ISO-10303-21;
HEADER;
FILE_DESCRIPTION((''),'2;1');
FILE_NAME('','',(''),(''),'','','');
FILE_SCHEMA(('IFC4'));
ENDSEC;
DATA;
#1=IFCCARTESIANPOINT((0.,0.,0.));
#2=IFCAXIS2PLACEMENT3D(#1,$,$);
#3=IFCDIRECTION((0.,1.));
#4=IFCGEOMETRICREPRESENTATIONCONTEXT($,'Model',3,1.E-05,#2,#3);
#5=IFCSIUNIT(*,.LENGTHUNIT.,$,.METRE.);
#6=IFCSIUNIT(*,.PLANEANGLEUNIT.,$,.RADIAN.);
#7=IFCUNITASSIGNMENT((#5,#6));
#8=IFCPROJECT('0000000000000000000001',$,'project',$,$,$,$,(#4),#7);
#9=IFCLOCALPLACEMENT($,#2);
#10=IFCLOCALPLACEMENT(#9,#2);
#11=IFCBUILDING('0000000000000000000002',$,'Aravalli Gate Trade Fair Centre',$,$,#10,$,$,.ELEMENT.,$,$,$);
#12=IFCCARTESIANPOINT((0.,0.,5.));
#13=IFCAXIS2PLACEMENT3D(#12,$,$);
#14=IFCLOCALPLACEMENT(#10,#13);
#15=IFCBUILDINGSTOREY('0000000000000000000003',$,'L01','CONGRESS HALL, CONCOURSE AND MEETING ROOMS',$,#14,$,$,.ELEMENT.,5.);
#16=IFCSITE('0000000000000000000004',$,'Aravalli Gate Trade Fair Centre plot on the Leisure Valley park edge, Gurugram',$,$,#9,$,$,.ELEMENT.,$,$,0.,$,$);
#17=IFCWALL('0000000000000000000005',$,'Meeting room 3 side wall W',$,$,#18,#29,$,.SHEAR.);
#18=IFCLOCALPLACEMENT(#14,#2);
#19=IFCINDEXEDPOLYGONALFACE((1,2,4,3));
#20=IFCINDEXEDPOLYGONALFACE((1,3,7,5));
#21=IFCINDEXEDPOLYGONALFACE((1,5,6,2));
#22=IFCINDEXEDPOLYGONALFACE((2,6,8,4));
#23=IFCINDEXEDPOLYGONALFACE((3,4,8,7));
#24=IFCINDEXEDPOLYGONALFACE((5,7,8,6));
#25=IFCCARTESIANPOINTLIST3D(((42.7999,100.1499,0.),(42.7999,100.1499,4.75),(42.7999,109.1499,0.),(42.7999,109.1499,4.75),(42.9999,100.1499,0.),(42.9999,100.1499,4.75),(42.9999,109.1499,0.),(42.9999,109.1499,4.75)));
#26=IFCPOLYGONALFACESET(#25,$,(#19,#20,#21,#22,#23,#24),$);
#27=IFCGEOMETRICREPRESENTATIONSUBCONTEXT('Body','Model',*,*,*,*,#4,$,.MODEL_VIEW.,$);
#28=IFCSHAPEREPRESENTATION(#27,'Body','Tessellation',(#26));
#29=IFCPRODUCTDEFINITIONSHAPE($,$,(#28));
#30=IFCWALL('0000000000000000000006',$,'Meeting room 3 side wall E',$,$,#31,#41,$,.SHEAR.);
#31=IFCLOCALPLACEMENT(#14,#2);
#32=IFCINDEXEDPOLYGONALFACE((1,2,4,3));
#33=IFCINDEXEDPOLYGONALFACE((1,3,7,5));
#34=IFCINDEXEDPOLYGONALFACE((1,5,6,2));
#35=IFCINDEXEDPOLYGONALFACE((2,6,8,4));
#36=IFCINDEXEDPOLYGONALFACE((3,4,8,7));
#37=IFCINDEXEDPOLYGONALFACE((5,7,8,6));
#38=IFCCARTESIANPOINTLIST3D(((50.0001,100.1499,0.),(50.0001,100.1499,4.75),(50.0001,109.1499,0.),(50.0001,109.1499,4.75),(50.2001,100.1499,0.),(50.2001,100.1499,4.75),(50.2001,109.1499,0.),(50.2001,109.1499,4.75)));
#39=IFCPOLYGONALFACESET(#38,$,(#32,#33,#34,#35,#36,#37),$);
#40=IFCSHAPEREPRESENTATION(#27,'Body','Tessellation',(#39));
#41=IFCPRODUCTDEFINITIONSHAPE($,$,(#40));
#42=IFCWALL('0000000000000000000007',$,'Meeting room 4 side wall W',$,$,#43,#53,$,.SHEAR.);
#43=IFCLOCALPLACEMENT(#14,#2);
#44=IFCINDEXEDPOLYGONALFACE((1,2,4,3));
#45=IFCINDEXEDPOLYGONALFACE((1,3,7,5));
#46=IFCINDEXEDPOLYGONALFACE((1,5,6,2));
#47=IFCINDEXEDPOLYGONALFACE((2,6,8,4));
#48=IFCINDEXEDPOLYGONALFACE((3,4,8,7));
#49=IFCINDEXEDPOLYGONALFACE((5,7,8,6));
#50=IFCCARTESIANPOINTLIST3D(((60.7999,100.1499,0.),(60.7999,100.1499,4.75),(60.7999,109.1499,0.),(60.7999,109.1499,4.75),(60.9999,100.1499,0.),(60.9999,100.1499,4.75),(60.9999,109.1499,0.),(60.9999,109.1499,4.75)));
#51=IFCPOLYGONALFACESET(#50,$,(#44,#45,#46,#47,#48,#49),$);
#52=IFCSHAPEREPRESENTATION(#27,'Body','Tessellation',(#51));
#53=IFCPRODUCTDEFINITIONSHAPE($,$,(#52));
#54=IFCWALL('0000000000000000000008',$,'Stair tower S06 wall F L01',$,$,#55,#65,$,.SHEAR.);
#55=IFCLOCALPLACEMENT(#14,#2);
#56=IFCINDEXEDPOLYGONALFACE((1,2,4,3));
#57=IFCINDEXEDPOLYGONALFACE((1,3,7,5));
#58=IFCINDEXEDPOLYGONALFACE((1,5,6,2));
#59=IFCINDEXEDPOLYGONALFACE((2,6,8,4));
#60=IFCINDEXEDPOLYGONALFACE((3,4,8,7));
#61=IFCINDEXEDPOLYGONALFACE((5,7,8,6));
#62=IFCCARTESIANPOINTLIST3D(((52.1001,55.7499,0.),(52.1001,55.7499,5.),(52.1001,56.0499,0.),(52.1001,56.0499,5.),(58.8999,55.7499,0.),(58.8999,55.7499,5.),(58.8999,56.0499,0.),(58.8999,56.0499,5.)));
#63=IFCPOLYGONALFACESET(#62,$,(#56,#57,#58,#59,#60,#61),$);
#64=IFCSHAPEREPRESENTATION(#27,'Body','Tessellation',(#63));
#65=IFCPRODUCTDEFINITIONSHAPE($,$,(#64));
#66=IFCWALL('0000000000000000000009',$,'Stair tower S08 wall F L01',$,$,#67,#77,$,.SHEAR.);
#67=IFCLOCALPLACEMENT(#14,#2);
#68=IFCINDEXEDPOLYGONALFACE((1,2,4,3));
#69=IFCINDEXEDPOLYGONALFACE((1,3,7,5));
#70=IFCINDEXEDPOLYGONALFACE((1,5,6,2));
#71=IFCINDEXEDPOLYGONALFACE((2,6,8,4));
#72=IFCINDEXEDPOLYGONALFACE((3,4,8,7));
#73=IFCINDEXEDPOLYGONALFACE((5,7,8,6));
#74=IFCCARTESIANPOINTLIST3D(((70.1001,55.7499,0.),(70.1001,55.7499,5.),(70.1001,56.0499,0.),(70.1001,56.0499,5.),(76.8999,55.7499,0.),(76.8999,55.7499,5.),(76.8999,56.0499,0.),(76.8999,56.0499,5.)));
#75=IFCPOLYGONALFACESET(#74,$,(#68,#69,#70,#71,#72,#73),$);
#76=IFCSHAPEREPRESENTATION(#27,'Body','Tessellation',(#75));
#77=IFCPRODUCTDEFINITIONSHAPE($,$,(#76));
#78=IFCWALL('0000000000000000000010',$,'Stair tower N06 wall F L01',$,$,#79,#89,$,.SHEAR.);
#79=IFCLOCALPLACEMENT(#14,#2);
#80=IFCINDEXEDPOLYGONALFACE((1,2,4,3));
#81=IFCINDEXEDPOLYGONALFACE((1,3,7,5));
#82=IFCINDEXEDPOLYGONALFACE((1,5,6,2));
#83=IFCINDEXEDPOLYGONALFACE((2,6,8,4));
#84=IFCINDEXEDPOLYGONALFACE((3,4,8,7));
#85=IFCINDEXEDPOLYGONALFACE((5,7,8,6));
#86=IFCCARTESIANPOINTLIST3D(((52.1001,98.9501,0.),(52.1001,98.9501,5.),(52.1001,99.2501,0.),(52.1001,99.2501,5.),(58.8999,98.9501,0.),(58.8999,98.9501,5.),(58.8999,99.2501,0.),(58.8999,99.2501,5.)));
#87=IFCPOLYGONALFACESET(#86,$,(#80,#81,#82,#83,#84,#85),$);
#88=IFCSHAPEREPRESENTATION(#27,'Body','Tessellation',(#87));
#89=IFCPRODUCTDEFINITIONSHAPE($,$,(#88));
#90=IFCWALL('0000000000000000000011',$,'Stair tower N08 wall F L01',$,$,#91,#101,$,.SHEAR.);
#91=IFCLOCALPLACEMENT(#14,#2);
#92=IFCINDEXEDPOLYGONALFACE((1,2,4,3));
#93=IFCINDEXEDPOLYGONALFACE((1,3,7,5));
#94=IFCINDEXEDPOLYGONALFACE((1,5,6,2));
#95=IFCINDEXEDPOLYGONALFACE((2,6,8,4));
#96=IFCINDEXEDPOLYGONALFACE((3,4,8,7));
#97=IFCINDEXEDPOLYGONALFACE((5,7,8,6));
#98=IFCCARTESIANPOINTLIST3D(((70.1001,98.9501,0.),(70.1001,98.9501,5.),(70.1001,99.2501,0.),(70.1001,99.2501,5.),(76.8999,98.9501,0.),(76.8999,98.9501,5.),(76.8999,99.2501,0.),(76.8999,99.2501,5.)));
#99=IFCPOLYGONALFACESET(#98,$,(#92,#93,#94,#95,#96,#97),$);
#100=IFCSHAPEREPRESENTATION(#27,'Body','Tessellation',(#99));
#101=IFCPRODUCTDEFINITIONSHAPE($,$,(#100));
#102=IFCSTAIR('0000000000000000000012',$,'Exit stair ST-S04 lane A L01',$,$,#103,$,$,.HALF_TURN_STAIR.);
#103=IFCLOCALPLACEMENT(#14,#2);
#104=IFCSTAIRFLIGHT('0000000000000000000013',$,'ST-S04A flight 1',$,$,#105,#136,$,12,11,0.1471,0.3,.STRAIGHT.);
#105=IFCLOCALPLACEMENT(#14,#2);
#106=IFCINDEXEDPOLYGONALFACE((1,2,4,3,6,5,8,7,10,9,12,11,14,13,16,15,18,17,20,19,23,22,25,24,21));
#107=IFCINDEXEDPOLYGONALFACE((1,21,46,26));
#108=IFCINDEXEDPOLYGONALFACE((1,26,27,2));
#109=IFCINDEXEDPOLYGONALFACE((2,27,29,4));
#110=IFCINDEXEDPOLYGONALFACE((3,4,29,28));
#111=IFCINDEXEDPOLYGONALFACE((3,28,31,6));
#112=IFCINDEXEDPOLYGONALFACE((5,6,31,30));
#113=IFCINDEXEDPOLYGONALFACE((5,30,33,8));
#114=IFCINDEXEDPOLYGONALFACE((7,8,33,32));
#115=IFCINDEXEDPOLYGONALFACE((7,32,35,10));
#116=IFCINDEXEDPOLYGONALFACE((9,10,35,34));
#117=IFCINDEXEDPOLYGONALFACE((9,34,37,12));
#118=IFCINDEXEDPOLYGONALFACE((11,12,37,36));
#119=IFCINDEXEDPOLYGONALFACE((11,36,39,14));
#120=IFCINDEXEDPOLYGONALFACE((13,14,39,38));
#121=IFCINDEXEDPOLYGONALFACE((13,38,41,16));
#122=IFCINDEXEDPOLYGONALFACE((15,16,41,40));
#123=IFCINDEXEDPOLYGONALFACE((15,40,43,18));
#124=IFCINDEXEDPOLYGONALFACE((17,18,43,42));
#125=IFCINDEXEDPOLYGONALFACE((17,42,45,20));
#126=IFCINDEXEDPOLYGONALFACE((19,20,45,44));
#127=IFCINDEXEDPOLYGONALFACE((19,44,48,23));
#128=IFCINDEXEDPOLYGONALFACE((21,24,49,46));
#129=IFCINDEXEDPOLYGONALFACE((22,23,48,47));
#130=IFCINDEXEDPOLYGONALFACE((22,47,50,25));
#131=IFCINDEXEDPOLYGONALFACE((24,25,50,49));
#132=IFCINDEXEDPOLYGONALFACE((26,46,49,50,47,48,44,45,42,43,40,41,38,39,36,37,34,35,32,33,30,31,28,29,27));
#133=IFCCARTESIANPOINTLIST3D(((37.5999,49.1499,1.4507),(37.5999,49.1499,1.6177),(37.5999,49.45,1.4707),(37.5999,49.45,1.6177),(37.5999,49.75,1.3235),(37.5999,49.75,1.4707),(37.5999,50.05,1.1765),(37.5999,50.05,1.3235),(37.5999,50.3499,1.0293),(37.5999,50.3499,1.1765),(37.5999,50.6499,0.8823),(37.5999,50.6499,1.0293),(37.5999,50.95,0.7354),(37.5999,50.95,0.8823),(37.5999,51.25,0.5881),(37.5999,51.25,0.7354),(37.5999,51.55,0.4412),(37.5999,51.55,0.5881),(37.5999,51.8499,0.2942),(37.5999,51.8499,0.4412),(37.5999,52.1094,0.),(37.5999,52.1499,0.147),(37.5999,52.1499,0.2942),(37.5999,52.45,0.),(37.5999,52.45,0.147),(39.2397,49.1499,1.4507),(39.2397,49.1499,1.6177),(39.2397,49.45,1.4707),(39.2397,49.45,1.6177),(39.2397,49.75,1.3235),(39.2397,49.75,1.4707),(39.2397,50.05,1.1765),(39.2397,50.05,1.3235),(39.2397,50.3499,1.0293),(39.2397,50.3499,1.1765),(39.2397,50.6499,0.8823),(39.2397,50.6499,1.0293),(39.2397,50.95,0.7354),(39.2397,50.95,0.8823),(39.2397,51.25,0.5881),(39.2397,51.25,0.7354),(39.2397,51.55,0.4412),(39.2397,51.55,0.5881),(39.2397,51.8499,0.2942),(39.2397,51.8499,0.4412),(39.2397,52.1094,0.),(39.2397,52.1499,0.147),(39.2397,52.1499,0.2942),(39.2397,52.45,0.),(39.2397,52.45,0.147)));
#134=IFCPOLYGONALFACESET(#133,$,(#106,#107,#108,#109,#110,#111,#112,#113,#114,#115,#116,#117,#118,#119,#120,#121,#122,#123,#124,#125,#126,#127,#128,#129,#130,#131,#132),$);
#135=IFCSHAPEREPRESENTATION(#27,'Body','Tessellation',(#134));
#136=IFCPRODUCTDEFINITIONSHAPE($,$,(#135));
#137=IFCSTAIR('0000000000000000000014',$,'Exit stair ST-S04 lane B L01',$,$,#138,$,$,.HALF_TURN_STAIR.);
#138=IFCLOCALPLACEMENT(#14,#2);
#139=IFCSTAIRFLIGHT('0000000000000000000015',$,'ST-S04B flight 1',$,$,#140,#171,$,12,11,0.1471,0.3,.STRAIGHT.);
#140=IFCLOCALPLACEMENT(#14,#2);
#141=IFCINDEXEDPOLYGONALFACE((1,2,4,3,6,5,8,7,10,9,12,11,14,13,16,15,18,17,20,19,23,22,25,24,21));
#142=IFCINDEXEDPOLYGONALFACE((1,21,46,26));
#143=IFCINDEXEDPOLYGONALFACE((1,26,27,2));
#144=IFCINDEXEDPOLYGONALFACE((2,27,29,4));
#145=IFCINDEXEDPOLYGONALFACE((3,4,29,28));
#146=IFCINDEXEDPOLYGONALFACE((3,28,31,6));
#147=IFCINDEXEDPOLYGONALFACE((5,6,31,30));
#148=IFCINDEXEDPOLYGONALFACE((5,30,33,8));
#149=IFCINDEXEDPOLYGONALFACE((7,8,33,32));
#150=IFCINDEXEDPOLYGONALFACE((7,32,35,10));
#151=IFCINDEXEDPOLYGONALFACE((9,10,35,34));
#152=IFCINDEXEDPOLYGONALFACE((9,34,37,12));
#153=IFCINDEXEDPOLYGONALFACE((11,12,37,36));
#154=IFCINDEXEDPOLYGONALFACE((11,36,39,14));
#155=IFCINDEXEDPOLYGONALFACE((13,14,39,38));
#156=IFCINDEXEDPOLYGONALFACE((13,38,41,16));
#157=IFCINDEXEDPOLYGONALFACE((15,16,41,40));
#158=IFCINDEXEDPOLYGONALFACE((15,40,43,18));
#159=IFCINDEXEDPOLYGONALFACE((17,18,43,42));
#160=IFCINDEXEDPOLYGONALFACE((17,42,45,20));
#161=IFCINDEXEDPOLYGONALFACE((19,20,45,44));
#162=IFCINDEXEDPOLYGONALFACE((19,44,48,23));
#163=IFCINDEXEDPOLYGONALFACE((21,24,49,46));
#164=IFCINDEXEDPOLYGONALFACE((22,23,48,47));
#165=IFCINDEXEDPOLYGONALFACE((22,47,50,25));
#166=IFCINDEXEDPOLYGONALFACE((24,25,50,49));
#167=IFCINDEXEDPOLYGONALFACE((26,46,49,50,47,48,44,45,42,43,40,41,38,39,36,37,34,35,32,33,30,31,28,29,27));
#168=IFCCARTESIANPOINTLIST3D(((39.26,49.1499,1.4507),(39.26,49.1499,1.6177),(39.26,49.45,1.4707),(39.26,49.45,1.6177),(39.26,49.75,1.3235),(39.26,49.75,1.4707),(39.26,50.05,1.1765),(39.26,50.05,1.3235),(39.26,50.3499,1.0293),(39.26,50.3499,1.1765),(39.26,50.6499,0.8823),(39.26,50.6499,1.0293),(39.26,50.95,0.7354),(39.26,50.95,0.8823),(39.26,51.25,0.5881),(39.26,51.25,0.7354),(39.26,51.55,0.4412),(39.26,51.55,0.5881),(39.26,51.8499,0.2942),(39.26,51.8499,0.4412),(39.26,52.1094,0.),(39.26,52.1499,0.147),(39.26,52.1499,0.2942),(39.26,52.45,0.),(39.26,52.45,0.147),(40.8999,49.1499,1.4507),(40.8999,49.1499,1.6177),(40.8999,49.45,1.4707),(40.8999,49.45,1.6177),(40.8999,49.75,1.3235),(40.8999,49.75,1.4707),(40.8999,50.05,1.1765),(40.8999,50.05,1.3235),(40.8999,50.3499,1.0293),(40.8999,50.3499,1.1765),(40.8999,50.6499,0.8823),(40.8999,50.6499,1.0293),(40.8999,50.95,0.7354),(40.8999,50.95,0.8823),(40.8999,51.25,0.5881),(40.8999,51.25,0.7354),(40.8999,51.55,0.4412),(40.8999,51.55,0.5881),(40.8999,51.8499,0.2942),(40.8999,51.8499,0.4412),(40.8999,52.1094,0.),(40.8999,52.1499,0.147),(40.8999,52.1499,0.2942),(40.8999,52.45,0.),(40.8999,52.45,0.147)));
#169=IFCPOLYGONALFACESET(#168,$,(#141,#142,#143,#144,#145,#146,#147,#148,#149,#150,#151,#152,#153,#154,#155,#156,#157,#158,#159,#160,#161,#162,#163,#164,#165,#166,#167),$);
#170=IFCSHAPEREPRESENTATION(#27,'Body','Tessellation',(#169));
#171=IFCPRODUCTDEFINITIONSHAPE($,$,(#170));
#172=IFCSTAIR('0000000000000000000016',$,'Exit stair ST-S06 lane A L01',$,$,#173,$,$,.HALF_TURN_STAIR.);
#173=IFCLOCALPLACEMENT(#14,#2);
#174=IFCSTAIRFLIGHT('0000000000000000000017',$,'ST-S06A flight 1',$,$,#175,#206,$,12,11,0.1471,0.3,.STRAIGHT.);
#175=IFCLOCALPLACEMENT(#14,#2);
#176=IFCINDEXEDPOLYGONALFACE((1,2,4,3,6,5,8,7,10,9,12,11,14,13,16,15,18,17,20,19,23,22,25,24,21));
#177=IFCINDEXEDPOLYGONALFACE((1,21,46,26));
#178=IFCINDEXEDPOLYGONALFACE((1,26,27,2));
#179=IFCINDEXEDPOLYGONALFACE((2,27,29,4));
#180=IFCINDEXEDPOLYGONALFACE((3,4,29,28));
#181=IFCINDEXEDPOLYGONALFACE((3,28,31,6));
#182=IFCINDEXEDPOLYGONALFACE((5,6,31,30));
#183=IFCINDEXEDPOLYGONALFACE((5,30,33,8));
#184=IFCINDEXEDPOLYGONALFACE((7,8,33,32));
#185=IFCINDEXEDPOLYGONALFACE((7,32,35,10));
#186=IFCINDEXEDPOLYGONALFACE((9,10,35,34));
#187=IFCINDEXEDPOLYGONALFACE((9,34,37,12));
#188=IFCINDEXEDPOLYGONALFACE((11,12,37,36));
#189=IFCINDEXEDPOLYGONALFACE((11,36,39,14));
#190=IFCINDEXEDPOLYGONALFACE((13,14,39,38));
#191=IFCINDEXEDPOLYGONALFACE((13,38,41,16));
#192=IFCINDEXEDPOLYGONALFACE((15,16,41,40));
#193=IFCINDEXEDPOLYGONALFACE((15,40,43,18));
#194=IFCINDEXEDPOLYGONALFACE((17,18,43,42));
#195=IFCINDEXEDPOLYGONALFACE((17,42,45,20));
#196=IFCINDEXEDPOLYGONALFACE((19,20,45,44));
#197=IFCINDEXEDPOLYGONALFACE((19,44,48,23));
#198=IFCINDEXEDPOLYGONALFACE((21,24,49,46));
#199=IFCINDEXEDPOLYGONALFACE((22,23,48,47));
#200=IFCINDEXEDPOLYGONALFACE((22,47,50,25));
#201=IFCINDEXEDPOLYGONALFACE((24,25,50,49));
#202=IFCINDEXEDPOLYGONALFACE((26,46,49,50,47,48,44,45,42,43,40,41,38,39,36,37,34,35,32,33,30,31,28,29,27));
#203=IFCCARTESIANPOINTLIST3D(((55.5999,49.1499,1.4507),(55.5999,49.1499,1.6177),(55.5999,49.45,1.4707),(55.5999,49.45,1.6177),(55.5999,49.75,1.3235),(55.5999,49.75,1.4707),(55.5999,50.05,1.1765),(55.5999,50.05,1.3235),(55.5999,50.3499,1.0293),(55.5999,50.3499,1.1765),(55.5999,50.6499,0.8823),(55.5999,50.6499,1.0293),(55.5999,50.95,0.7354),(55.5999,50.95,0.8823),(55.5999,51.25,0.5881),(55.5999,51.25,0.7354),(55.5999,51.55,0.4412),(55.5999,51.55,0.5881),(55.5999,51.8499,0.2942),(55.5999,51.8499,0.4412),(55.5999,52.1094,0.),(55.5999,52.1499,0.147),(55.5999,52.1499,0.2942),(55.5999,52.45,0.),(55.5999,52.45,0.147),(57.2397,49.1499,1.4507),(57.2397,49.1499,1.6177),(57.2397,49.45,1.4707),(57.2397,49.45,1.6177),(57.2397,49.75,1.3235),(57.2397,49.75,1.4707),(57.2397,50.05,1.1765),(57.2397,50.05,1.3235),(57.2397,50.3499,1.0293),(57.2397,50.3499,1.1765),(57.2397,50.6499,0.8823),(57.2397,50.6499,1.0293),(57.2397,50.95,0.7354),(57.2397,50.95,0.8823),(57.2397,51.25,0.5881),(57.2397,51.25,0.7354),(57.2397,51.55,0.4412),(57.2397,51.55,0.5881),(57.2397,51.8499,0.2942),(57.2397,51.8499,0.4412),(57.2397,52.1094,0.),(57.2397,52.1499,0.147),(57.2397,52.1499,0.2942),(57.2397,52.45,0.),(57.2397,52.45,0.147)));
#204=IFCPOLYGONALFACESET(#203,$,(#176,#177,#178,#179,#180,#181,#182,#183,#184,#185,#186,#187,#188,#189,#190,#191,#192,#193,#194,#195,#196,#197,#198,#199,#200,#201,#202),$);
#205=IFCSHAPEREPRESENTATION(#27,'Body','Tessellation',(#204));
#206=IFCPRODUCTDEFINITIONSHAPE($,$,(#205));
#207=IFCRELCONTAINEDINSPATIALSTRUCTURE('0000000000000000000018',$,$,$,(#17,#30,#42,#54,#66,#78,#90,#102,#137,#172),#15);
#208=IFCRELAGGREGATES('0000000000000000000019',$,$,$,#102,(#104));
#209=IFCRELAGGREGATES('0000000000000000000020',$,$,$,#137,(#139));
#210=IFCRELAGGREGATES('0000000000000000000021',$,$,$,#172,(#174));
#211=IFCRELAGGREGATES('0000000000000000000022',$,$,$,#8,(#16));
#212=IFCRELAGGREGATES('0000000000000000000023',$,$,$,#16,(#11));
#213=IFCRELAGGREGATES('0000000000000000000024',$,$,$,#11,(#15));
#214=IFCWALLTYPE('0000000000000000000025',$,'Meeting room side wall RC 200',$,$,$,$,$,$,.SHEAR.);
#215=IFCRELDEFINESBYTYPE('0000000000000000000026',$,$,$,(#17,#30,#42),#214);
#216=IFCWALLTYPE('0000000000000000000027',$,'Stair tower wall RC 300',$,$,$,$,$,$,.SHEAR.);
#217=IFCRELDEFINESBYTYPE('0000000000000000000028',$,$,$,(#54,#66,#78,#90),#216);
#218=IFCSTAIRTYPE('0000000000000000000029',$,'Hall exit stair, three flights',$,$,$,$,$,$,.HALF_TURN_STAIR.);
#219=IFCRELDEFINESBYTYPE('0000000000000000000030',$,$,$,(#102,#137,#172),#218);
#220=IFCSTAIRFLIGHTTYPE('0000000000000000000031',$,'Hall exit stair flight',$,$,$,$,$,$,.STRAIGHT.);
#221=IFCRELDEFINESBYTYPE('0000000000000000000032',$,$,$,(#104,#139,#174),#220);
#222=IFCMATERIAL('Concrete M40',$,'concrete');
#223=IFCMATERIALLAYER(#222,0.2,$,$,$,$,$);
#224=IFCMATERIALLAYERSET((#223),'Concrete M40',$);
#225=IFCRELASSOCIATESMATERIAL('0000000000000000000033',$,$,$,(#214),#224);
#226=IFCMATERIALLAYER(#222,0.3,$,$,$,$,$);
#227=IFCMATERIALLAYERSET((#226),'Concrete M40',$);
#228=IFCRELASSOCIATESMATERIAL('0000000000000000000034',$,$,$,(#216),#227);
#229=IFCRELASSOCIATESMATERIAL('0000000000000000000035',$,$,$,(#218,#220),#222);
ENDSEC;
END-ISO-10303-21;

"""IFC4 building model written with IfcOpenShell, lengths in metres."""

from ifc_helpers import new_model, si_unit, direction, frame, frame_2d, origin, place, context, subcontext, project, spatial, polyline, rectangle, outline, extrude, material, layer, layer_set, type_object, element, aggregate, save


model = new_model("IFC4")

# Units and contexts
model_context = context("Model", 3, precision=1e-05, world=origin(), true_north=direction((0.0, 1.0)))
body_context = subcontext(model_context, "Body", "Model", "MODEL_VIEW")
ifc_project = project(units=[si_unit("LENGTHUNIT", "METRE"), si_unit("PLANEANGLEUNIT", "RADIAN")], contexts=[model_context])

# Site, building, storey
site_placement = place(None, origin())
site = spatial("IfcSite", under=ifc_project, at=site_placement, Name="Aravalli Gate Trade Fair Centre plot on the Leisure Valley park edge, Gurugram", CompositionType="ELEMENT", RefElevation=0.0)
building_placement = place(site_placement, origin())
building = spatial("IfcBuilding", under=site, at=building_placement, Name="Aravalli Gate Trade Fair Centre", CompositionType="ELEMENT")
storey_placement = place(building_placement, frame((0.0, 0.0, 5.0)))
storey = spatial("IfcBuildingStorey", under=building, at=storey_placement, Name="L01", Description="CONGRESS HALL, CONCOURSE AND MEETING ROOMS", CompositionType="ELEMENT", Elevation=5.0)

# Walls
ifc_material_1 = material(Name="Concrete M40", Category="concrete")
ifc_layer_1 = layer(ifc_material_1, 0.2)
ifc_layer_set_1 = layer_set([ifc_layer_1], Name="Concrete M40")
wall_type_1 = type_object("IfcWallType", Name="Meeting room side wall RC 200", PredefinedType="SHEAR", material=ifc_layer_set_1)
for number, where, z_axis, x_axis, name in (
    (1, (42.8999, 100.1499, 0.0), (0.0, 0.0, 1.0), (0.0, 1.0, 0.0), "Meeting room 3 side wall W"),
    (2, (50.1001, 100.1499, 0.0), (0.0, 0.0, 1.0), (0.0, 1.0, 0.0), "Meeting room 3 side wall E"),
    (3, (60.8999, 100.1499, 0.0), (0.0, 0.0, 1.0), (0.0, 1.0, 0.0), "Meeting room 4 side wall W"),
):
    element("IfcWall", number, at=place(storey_placement, frame(where, z_axis=z_axis, x_axis=x_axis)), inside=storey, type_object=wall_type_1, Name=name, PredefinedType="SHEAR", context=body_context, shape_type="SweptSolid", body=[
        extrude(rectangle(XDim=9.0, YDim=0.2, at=frame_2d((4.5, 0.0))), origin(), (0.0, 0.0, 1.0), 4.75),
    ])
ifc_layer_2 = layer(ifc_material_1, 0.3)
ifc_layer_set_2 = layer_set([ifc_layer_2], Name="Concrete M40")
wall_type_2 = type_object("IfcWallType", Name="Stair tower wall RC 300", PredefinedType="SHEAR", material=ifc_layer_set_2)
for number, where, z_axis, x_axis, name in (
    (4, (52.1001, 55.8999, 0.0), (0.0, 0.0, 1.0), (1.0, 0.0, 0.0), "Stair tower S06 wall F L01"),
    (5, (70.1001, 55.8999, 0.0), (0.0, 0.0, 1.0), (1.0, 0.0, 0.0), "Stair tower S08 wall F L01"),
    (6, (52.1001, 99.1001, 0.0), (0.0, 0.0, 1.0), (1.0, 0.0, 0.0), "Stair tower N06 wall F L01"),
    (7, (70.1001, 99.1001, 0.0), (0.0, 0.0, 1.0), (1.0, 0.0, 0.0), "Stair tower N08 wall F L01"),
):
    element("IfcWall", number, at=place(storey_placement, frame(where, z_axis=z_axis, x_axis=x_axis)), inside=storey, type_object=wall_type_2, Name=name, PredefinedType="SHEAR", context=body_context, shape_type="SweptSolid", body=[
        extrude(rectangle(XDim=6.7998, YDim=0.3, at=frame_2d((3.3999, 0.0))), origin(), (0.0, 0.0, 1.0), 5.0),
    ])

# Stairs, stair flights
stair_type = type_object("IfcStairType", Name="Hall exit stair, three flights", PredefinedType="HALF_TURN_STAIR", material=ifc_material_1)
stair_1_placement = place(storey_placement, origin())
stair_1 = element("IfcStair", 8, at=stair_1_placement, inside=storey, type_object=stair_type, Name="Exit stair ST-S04 lane A L01", PredefinedType="HALF_TURN_STAIR")
stair_flight_type = type_object("IfcStairFlightType", Name="Hall exit stair flight", PredefinedType="STRAIGHT", material=ifc_material_1)
stair_flight_1_placement = place(storey_placement, frame((38.4199, 52.45, 0.0), z_axis=(0.0, 0.0, 1.0), x_axis=(0.0, -1.0, 0.0)))
stair_flight_1 = element("IfcStairFlight", 9, at=stair_flight_1_placement, type_object=stair_flight_type, Name="ST-S04A flight 1", NumberOfRisers=12, NumberOfTreads=11, PredefinedType="STRAIGHT", RiserHeight=0.1471, TreadLength=0.3, context=body_context, shape_type="SweptSolid", body=[
    extrude(outline(polyline([(0.0, 0.0), (0.0, 0.147), (0.3, 0.147), (0.3, 0.2942), (0.6001, 0.2942), (0.6001, 0.4412), (0.8999, 0.4412), (0.8999, 0.5881), (1.2, 0.5881), (1.2, 0.7354), (1.5, 0.7354), (1.5, 0.8823), (1.8, 0.8823), (1.8, 1.0293), (2.1001, 1.0293), (2.1001, 1.1765), (2.3999, 1.1765), (2.3999, 1.3235), (2.7, 1.3235), (2.7, 1.4707), (3.0, 1.4707), (3.0, 1.6177), (3.3, 1.6177), (3.3, 1.7646), (3.3, 1.4507), (0.3406, 0.0), (0.0, 0.0)])), frame((0.0, 0.8198, 0.0), z_axis=(0.0, -1.0, 0.0), x_axis=(1.0, 0.0, 0.0)), (0.0, 0.0, 1.0), 1.6399),
])
aggregate(stair_1, [stair_flight_1])
stair_2_placement = place(storey_placement, origin())
stair_2 = element("IfcStair", 10, at=stair_2_placement, inside=storey, type_object=stair_type, Name="Exit stair ST-S04 lane B L01", PredefinedType="HALF_TURN_STAIR")
stair_flight_2_placement = place(storey_placement, frame((40.0801, 52.45, 0.0), z_axis=(0.0, 0.0, 1.0), x_axis=(0.0, -1.0, 0.0)))
stair_flight_2 = element("IfcStairFlight", 11, at=stair_flight_2_placement, type_object=stair_flight_type, Name="ST-S04B flight 1", NumberOfRisers=12, NumberOfTreads=11, PredefinedType="STRAIGHT", RiserHeight=0.1471, TreadLength=0.3, context=body_context, shape_type="SweptSolid", body=[
    extrude(outline(polyline([(0.0, 0.0), (0.0, 0.147), (0.3, 0.147), (0.3, 0.2942), (0.6001, 0.2942), (0.6001, 0.4412), (0.8999, 0.4412), (0.8999, 0.5881), (1.2, 0.5881), (1.2, 0.7354), (1.5, 0.7354), (1.5, 0.8823), (1.8, 0.8823), (1.8, 1.0293), (2.1001, 1.0293), (2.1001, 1.1765), (2.3999, 1.1765), (2.3999, 1.3235), (2.7, 1.3235), (2.7, 1.4707), (3.0, 1.4707), (3.0, 1.6177), (3.3, 1.6177), (3.3, 1.7646), (3.3, 1.4507), (0.3406, 0.0), (0.0, 0.0)])), frame((0.0, 0.8198, 0.0), z_axis=(0.0, -1.0, 0.0), x_axis=(1.0, 0.0, 0.0)), (0.0, 0.0, 1.0), 1.6399),
])
aggregate(stair_2, [stair_flight_2])
stair_3_placement = place(storey_placement, origin())
stair_3 = element("IfcStair", 12, at=stair_3_placement, inside=storey, type_object=stair_type, Name="Exit stair ST-S06 lane A L01", PredefinedType="HALF_TURN_STAIR")
stair_flight_3_placement = place(storey_placement, frame((56.4199, 52.45, 0.0), z_axis=(0.0, 0.0, 1.0), x_axis=(0.0, -1.0, 0.0)))
stair_flight_3 = element("IfcStairFlight", 13, at=stair_flight_3_placement, type_object=stair_flight_type, Name="ST-S06A flight 1", NumberOfRisers=12, NumberOfTreads=11, PredefinedType="STRAIGHT", RiserHeight=0.1471, TreadLength=0.3, context=body_context, shape_type="SweptSolid", body=[
    extrude(outline(polyline([(0.0, 0.0), (0.0, 0.147), (0.3, 0.147), (0.3, 0.2942), (0.6001, 0.2942), (0.6001, 0.4412), (0.8999, 0.4412), (0.8999, 0.5881), (1.2, 0.5881), (1.2, 0.7354), (1.5, 0.7354), (1.5, 0.8823), (1.8, 0.8823), (1.8, 1.0293), (2.1001, 1.0293), (2.1001, 1.1765), (2.3999, 1.1765), (2.3999, 1.3235), (2.7, 1.3235), (2.7, 1.4707), (3.0, 1.4707), (3.0, 1.6177), (3.3, 1.6177), (3.3, 1.7646), (3.3, 1.4507), (0.3406, 0.0), (0.0, 0.0)])), frame((0.0, 0.8198, 0.0), z_axis=(0.0, -1.0, 0.0), x_axis=(1.0, 0.0, 0.0)), (0.0, 0.0, 1.0), 1.6399),
])
aggregate(stair_3, [stair_flight_3])

save(model, "model.ifc")
